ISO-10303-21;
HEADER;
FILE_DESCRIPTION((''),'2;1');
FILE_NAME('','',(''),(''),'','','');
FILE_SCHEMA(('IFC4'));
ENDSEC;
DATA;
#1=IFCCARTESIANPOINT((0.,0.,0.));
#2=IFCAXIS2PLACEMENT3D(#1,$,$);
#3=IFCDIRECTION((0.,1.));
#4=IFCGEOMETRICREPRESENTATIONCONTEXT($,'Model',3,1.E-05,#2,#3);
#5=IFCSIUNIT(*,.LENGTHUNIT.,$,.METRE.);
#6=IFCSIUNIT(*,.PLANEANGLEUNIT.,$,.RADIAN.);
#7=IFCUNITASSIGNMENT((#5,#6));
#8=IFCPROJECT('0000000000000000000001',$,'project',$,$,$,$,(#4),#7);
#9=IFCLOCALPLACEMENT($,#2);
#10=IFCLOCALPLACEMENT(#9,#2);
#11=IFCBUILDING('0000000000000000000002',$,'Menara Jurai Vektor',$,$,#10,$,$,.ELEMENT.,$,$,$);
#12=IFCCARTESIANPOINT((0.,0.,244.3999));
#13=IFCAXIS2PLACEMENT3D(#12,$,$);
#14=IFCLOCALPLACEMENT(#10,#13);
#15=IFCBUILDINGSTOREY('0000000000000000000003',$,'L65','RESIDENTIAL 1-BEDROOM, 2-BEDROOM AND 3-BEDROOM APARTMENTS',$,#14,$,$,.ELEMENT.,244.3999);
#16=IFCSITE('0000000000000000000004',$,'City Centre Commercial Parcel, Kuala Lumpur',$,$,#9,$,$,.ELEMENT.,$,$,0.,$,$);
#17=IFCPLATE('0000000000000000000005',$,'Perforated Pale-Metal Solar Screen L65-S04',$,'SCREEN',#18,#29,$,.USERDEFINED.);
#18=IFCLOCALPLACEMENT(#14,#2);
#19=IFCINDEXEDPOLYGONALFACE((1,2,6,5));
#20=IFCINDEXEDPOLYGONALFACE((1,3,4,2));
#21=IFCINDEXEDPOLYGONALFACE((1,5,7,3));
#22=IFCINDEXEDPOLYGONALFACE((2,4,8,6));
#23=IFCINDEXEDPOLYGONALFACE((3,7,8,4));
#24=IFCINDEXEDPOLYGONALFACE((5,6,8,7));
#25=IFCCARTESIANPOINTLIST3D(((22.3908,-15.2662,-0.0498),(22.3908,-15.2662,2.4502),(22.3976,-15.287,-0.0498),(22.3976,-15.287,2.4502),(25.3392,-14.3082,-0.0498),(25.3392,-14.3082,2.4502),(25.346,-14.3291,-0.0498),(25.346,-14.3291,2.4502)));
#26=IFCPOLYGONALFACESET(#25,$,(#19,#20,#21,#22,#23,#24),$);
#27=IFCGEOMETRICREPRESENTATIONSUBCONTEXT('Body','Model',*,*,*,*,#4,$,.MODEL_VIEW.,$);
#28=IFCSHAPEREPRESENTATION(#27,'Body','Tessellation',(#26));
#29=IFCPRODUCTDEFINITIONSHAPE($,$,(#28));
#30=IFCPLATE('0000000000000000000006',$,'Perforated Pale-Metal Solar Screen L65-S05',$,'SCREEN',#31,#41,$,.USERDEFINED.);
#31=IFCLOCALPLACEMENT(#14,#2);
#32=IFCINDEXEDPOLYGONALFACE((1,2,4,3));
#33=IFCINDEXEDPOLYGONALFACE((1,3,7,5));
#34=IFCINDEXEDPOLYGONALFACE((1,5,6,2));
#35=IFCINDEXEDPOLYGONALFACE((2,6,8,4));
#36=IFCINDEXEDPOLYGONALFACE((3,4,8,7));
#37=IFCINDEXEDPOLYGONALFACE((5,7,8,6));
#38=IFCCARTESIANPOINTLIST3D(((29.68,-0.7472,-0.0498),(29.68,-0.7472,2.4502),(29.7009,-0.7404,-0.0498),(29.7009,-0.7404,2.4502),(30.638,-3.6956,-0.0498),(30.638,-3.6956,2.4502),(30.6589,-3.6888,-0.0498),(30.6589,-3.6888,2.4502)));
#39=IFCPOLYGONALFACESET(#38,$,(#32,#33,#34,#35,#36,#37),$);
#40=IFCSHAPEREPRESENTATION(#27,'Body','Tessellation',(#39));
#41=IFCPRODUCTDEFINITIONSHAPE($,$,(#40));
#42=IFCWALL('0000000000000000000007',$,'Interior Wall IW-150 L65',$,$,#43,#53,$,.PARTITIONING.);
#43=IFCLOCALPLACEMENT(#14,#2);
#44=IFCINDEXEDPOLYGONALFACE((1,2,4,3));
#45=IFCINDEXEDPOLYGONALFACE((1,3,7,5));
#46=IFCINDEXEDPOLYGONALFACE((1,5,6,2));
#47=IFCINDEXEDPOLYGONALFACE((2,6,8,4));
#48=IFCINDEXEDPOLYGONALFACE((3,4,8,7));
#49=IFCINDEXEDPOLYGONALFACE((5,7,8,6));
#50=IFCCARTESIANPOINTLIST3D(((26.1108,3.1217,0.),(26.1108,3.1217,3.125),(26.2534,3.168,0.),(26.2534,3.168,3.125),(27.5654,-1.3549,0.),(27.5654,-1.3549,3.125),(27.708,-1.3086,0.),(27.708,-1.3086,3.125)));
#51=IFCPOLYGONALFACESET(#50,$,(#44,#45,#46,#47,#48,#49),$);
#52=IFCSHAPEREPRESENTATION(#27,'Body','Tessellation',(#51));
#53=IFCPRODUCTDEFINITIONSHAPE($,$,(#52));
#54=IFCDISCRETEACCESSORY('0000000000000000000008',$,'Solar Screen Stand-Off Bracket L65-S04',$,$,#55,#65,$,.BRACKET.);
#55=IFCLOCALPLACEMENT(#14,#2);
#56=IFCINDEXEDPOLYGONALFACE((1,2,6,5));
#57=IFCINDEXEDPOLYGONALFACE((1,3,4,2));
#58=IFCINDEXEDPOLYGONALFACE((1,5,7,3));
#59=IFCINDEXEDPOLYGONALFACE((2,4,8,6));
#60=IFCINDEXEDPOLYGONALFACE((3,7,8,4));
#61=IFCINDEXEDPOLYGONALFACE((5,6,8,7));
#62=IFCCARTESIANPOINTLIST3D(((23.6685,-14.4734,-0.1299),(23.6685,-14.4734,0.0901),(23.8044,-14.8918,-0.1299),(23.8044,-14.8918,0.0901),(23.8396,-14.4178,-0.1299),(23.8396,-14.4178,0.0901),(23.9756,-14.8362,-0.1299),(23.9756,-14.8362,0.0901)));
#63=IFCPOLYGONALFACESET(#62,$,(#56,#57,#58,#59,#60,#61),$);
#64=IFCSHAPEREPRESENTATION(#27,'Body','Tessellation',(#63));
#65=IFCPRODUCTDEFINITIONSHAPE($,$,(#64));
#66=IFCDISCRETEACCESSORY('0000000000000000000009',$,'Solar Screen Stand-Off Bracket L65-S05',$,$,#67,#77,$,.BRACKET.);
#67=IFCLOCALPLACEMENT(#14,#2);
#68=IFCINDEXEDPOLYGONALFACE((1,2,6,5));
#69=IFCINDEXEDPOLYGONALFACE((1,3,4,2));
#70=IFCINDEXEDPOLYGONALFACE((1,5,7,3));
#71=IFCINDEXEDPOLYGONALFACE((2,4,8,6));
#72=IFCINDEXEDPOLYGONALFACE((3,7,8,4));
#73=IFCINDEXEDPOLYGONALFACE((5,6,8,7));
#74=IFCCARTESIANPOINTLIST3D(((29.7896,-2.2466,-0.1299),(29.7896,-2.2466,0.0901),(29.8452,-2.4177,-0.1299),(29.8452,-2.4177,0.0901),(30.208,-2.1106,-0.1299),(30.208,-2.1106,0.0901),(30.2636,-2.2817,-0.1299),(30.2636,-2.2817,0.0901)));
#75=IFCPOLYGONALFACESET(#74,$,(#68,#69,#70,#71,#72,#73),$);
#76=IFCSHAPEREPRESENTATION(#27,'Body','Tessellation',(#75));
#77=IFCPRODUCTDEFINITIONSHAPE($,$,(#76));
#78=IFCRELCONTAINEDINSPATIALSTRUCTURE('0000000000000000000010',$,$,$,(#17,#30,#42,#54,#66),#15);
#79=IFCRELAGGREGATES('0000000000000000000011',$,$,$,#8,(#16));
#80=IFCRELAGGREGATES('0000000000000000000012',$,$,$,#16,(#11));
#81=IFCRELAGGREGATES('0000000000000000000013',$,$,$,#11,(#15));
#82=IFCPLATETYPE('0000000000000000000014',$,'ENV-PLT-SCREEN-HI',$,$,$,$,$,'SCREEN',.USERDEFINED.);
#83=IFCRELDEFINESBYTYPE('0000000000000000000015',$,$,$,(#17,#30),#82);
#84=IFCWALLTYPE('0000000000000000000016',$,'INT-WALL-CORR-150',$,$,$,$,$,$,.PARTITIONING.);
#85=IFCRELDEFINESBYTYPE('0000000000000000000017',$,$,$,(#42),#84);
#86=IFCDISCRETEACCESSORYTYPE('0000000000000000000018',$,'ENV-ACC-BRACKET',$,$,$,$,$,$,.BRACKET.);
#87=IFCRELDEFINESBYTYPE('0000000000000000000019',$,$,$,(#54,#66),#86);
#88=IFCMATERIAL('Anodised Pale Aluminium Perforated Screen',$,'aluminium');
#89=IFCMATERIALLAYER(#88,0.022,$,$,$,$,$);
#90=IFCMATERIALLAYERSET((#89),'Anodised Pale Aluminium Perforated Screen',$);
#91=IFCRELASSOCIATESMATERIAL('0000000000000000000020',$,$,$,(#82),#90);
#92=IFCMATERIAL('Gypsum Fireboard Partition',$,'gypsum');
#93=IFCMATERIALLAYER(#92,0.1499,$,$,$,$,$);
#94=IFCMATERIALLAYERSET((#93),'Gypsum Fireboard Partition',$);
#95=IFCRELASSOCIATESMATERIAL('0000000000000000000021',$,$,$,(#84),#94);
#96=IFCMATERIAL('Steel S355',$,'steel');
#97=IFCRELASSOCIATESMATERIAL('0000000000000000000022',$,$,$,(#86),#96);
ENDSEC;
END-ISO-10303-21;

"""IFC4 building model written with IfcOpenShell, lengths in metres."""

from ifc_helpers import new_model, si_unit, direction, frame, frame_2d, origin, origin_2d, place, context, subcontext, project, spatial, rectangle, extrude, material, layer, layer_set, type_object, element, save


model = new_model("IFC4")

# Units and contexts
model_context = context("Model", 3, precision=1e-05, world=origin(), true_north=direction((0.0, 1.0)))
body_context = subcontext(model_context, "Body", "Model", "MODEL_VIEW")
ifc_project = project(units=[si_unit("LENGTHUNIT", "METRE"), si_unit("PLANEANGLEUNIT", "RADIAN")], contexts=[model_context])

# Site, building, storey
site_placement = place(None, origin())
site = spatial("IfcSite", under=ifc_project, at=site_placement, Name="City Centre Commercial Parcel, Kuala Lumpur", CompositionType="ELEMENT", RefElevation=0.0)
building_placement = place(site_placement, origin())
building = spatial("IfcBuilding", under=site, at=building_placement, Name="Menara Jurai Vektor", CompositionType="ELEMENT")
storey_placement = place(building_placement, frame((0.0, 0.0, 244.3999)))
storey = spatial("IfcBuildingStorey", under=building, at=storey_placement, Name="L65", Description="RESIDENTIAL 1-BEDROOM, 2-BEDROOM AND 3-BEDROOM APARTMENTS", CompositionType="ELEMENT", Elevation=244.3999)

# Shared definitions
ifc_material_1 = material(Name="Steel S355", Category="steel")

# Plates
ifc_material_2 = material(Name="Anodised Pale Aluminium Perforated Screen", Category="aluminium")
ifc_layer_1 = layer(ifc_material_2, 0.022)
ifc_layer_set_1 = layer_set([ifc_layer_1], Name="Anodised Pale Aluminium Perforated Screen")
plate_type_1 = type_object("IfcPlateType", Name="ENV-PLT-SCREEN-HI", ElementType="SCREEN", PredefinedType="USERDEFINED", material=ifc_layer_set_1)
for number, where, z_axis, x_axis, name in (
    (1, (23.8684, -14.7976, -0.0498), (0.0, 0.0, 1.0), (0.951057, 0.309017, 0.0), "Perforated Pale-Metal Solar Screen L65-S04"),
    (2, (30.1694, -2.218, -0.0498), (0.0, 0.0, 1.0), (-0.309017, 0.951057, 0.0), "Perforated Pale-Metal Solar Screen L65-S05"),
):
    element("IfcPlate", number, at=place(storey_placement, frame(where, z_axis=z_axis, x_axis=x_axis)), inside=storey, type_object=plate_type_1, Name=name, ObjectType="SCREEN", PredefinedType="USERDEFINED", context=body_context, shape_type="SweptSolid", body=[
        extrude(rectangle(XDim=3.1001, YDim=0.022, at=origin_2d()), origin(), (0.0, 0.0, 1.0), 2.5),
    ])

# Wall
ifc_material_3 = material(Name="Gypsum Fireboard Partition", Category="gypsum")
ifc_layer_2 = layer(ifc_material_3, 0.1499)
ifc_layer_set_2 = layer_set([ifc_layer_2], Name="Gypsum Fireboard Partition")
wall_type = type_object("IfcWallType", Name="INT-WALL-CORR-150", PredefinedType="PARTITIONING", material=ifc_layer_set_2)
wall_placement = place(storey_placement, frame((27.6367, -1.3318, 0.0), z_axis=(0.0, 0.0, 1.0), x_axis=(-0.30903, 0.951052, 0.0)))
element("IfcWall", 3, at=wall_placement, inside=storey, type_object=wall_type, Name="Interior Wall IW-150 L65", PredefinedType="PARTITIONING", context=body_context, shape_type="SweptSolid", body=[
    extrude(rectangle(XDim=4.707, YDim=0.1499, at=frame_2d((2.3535, 0.0))), origin(), (0.0, 0.0, 1.0), 3.125),
])

# Discrete accessories
discrete_accessory_type = type_object("IfcDiscreteAccessoryType", Name="ENV-ACC-BRACKET", PredefinedType="BRACKET", material=ifc_material_1)
for number, where, z_axis, x_axis, name in (
    (4, (23.822, -14.6548, -0.1299), (0.0, 0.0, 1.0), (0.951057, 0.309017, 0.0), "Solar Screen Stand-Off Bracket L65-S04"),
    (5, (30.0266, -2.2642, -0.1299), (0.0, 0.0, 1.0), (-0.309017, 0.951057, 0.0), "Solar Screen Stand-Off Bracket L65-S05"),
):
    element("IfcDiscreteAccessory", number, at=place(storey_placement, frame(where, z_axis=z_axis, x_axis=x_axis)), inside=storey, type_object=discrete_accessory_type, Name=name, PredefinedType="BRACKET", context=body_context, shape_type="SweptSolid", body=[
        extrude(rectangle(XDim=0.1799, YDim=0.4399, at=origin_2d()), origin(), (0.0, 0.0, 1.0), 0.22),
    ])

save(model, "model.ifc")
